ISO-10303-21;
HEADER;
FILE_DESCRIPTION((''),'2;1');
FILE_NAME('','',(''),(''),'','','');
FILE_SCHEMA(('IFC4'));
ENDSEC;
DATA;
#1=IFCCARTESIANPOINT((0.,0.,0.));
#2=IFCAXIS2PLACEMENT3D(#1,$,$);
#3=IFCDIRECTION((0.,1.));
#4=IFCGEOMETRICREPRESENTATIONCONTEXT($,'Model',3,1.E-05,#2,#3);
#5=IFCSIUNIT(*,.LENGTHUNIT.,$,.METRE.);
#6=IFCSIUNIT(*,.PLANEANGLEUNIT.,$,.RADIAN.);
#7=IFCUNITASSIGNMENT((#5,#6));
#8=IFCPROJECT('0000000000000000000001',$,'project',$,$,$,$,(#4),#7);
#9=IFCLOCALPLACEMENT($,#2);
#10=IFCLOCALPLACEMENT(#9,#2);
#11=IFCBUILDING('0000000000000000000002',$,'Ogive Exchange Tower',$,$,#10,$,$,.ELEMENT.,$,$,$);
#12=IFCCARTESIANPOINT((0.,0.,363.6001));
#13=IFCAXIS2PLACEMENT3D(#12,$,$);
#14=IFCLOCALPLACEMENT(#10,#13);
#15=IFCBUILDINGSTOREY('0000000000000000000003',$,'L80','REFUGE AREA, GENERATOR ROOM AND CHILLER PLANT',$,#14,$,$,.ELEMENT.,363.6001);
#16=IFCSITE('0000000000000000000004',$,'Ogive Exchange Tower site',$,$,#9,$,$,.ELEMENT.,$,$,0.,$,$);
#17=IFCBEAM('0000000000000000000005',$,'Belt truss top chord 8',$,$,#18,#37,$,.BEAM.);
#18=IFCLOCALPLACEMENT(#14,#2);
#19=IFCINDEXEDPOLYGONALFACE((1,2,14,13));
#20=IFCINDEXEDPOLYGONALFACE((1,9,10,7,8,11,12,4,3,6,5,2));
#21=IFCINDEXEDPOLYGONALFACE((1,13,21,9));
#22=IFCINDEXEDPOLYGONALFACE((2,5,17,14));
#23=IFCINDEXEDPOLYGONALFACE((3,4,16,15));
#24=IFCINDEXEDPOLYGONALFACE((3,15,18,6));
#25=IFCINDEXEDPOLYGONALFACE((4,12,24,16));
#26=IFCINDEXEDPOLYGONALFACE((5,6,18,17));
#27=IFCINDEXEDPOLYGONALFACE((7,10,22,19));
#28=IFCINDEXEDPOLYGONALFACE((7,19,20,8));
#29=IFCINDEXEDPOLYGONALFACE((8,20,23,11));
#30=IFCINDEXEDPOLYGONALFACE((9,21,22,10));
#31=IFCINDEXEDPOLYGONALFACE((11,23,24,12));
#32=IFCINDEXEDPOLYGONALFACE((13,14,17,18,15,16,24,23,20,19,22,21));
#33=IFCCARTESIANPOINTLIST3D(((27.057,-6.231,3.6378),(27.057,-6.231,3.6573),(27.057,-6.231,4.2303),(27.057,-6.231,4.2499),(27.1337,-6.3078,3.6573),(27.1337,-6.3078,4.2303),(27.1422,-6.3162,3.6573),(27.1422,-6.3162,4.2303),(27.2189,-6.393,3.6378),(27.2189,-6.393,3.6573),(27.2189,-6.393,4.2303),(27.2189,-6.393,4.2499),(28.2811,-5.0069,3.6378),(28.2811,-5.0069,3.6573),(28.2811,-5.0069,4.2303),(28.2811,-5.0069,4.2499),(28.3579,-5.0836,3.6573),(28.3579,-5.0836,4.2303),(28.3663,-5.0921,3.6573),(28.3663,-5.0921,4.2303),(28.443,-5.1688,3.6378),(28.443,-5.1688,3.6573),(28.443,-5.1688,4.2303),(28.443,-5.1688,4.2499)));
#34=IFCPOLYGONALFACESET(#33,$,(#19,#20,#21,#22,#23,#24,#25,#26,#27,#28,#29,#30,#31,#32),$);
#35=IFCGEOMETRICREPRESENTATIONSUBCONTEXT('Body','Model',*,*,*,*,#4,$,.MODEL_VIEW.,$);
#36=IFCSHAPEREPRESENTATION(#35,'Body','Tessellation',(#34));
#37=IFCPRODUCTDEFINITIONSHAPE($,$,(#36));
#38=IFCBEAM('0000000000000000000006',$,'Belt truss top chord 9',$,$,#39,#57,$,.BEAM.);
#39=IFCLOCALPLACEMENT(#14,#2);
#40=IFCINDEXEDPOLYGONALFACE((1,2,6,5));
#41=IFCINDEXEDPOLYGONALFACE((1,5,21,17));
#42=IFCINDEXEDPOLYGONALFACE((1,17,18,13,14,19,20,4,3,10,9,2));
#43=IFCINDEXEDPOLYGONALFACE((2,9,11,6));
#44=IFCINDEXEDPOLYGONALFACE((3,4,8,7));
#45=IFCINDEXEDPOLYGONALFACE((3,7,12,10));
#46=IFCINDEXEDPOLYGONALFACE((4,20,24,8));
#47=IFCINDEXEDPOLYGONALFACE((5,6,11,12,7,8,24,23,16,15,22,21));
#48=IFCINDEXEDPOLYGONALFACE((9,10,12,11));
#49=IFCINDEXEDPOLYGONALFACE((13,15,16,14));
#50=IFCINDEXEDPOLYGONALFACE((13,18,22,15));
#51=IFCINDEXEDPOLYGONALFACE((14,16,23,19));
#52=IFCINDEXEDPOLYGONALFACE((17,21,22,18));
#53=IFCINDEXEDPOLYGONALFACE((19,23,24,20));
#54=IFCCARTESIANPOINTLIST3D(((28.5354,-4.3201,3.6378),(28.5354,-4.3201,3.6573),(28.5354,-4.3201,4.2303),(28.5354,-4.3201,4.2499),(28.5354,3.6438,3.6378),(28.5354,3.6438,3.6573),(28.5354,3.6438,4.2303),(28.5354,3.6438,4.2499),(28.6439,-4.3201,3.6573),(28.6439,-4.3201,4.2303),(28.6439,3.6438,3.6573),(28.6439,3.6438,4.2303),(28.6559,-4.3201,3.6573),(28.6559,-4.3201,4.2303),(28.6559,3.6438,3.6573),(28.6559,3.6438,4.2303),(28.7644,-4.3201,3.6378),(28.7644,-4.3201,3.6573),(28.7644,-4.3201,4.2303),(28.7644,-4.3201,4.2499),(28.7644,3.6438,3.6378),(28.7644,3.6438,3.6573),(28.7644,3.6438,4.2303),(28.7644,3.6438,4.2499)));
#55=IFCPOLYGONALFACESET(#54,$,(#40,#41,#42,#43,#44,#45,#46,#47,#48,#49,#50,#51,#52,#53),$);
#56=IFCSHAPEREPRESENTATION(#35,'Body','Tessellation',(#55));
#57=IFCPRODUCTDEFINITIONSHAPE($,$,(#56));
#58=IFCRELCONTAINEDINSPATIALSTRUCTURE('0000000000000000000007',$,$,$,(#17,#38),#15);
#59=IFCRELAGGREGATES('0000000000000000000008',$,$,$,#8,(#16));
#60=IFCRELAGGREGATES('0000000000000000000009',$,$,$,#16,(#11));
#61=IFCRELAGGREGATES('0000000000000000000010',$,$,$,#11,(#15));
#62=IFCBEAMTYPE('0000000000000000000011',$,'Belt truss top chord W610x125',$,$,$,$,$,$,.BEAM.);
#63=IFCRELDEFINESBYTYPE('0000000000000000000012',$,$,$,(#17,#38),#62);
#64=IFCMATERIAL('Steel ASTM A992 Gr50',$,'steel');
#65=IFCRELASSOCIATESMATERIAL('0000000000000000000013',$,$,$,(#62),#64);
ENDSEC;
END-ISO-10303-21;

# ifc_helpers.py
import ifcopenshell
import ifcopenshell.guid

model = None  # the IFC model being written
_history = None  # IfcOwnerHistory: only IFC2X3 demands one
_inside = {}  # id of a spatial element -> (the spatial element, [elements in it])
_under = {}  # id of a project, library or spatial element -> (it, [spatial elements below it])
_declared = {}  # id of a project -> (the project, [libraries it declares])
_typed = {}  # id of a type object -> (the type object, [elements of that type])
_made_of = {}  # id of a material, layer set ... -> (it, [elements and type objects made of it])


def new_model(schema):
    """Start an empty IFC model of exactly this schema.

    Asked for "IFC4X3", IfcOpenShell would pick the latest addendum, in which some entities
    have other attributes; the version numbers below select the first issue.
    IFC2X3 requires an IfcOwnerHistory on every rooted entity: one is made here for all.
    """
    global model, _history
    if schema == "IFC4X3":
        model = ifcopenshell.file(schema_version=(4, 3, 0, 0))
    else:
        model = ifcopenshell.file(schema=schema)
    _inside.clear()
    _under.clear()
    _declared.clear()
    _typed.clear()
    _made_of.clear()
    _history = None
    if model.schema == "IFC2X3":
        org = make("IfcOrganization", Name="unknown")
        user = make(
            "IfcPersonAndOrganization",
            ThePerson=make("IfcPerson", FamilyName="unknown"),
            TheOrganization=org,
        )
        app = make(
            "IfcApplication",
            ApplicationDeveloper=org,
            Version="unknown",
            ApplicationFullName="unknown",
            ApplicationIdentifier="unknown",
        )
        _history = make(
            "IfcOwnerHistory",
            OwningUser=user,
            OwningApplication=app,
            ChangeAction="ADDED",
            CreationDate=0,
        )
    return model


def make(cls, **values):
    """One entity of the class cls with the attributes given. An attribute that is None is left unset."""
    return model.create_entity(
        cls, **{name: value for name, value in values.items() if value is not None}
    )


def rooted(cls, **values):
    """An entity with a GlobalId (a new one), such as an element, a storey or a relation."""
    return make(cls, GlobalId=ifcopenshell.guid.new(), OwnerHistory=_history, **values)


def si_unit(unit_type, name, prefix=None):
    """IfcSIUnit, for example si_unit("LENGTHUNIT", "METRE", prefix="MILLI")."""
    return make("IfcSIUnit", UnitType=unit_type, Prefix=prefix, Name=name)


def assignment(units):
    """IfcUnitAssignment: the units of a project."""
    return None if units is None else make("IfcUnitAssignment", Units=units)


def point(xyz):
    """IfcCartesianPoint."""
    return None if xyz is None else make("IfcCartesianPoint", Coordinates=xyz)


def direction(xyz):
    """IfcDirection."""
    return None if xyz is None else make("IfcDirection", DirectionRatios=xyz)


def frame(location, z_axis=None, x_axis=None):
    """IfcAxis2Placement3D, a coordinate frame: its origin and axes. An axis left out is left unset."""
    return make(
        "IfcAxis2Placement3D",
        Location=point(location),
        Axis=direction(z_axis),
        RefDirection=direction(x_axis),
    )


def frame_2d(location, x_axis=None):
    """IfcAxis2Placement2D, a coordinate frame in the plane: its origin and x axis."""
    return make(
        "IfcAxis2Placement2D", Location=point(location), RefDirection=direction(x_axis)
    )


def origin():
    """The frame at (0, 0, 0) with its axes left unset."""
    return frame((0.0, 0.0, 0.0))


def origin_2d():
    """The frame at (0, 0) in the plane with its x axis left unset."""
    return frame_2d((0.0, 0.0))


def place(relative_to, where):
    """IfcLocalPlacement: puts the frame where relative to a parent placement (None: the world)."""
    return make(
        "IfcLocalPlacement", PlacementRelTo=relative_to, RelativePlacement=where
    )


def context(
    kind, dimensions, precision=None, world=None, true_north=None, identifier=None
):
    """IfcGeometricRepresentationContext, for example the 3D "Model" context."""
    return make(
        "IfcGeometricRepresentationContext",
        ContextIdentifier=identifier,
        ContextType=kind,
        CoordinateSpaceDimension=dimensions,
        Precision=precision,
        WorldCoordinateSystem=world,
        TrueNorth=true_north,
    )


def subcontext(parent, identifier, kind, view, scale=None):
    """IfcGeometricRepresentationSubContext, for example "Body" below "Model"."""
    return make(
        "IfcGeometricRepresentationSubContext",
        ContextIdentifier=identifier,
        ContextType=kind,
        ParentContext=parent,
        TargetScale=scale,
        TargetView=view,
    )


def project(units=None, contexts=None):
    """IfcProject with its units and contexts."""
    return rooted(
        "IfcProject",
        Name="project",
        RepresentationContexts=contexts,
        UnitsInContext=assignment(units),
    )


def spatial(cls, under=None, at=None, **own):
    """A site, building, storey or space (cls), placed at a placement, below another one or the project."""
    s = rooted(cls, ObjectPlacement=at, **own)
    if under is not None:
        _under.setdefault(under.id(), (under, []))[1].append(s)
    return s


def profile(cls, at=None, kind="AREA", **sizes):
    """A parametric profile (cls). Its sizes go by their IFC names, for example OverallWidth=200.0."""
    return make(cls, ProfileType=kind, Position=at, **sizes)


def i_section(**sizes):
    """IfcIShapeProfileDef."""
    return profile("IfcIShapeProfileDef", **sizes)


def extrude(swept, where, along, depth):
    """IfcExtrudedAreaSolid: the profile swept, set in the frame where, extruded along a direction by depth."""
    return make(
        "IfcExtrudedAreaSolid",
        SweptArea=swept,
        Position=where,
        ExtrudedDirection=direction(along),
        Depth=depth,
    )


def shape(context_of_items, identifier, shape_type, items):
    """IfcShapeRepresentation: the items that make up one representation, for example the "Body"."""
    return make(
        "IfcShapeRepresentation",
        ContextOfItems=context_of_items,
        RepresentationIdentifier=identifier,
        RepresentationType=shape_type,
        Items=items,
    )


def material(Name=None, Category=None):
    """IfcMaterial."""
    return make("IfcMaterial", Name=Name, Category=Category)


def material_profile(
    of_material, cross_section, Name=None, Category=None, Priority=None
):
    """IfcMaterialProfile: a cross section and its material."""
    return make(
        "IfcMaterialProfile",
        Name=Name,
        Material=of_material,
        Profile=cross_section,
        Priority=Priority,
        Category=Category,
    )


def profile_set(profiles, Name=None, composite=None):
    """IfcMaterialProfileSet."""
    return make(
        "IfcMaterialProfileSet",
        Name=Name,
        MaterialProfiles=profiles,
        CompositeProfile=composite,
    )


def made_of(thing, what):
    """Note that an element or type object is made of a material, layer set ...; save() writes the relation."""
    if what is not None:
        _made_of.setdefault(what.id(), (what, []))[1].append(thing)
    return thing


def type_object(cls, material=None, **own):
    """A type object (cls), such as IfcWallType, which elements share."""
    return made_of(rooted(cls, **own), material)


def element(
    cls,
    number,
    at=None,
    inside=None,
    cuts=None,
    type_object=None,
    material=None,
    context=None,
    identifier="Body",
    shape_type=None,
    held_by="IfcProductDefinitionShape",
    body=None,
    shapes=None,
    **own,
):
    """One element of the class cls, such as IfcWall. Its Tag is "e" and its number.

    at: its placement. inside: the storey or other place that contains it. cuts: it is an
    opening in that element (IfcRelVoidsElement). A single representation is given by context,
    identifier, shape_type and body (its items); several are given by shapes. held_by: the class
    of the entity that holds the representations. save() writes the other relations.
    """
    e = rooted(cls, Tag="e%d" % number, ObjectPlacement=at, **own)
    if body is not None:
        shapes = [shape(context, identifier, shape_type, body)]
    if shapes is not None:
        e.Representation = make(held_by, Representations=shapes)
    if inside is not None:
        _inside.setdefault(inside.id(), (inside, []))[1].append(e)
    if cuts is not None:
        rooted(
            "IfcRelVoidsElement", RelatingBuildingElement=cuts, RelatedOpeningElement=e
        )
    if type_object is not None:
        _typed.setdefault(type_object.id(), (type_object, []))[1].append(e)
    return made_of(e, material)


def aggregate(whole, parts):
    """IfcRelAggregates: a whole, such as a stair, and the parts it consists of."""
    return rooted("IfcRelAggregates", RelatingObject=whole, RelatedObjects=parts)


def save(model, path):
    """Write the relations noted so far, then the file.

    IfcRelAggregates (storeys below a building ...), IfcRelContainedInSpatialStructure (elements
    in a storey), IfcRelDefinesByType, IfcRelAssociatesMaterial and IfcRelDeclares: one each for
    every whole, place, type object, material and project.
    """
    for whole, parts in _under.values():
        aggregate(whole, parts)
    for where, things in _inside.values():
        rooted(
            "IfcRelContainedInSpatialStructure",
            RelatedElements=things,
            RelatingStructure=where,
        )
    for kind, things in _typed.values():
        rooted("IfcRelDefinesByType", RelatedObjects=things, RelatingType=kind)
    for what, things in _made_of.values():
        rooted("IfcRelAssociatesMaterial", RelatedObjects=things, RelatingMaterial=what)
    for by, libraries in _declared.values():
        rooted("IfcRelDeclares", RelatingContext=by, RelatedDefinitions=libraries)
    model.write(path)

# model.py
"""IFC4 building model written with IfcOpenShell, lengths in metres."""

from ifc_helpers import new_model, si_unit, direction, frame, origin, origin_2d, place, context, subcontext, project, spatial, i_section, extrude, material, material_profile, profile_set, type_object, element, save


model = new_model("IFC4")

# Units and contexts
model_context = context("Model", 3, precision=1e-05, world=origin(), true_north=direction((0.0, 1.0)))
body_context = subcontext(model_context, "Body", "Model", "MODEL_VIEW")
ifc_project = project(units=[si_unit("LENGTHUNIT", "METRE"), si_unit("PLANEANGLEUNIT", "RADIAN")], contexts=[model_context])

# Site, building, storey
site_placement = place(None, origin())
site = spatial("IfcSite", under=ifc_project, at=site_placement, Name="Ogive Exchange Tower site", CompositionType="ELEMENT", RefElevation=0.0)
building_placement = place(site_placement, origin())
building = spatial("IfcBuilding", under=site, at=building_placement, Name="Ogive Exchange Tower", CompositionType="ELEMENT")
storey_placement = place(building_placement, frame((0.0, 0.0, 363.6001)))
storey = spatial("IfcBuildingStorey", under=building, at=storey_placement, Name="L80", Description="REFUGE AREA, GENERATOR ROOM AND CHILLER PLANT", CompositionType="ELEMENT", Elevation=363.6001)

# Shared definitions
ifc_material_1 = material(Name="Steel ASTM A992 Gr50", Category="steel")

# Beams
ifc_material_profile_1 = material_profile(ifc_material_1, i_section(OverallWidth=0.229, OverallDepth=0.6121, WebThickness=0.012, FlangeThickness=0.0195, at=origin_2d()), Name="W610x125")
ifc_profile_set_1 = profile_set([ifc_material_profile_1], Name="Steel ASTM A992 Gr50")
beam_type_1 = type_object("IfcBeamType", Name="Belt truss top chord W610x125", PredefinedType="BEAM", material=ifc_profile_set_1)
for number, where, z_axis, x_axis, name in (
    (1, (27.1379, -6.312, 3.9438), (0.707107, 0.707107, 0.0), (-0.707107, 0.707107, 0.0), "Belt truss top chord 8"),
):
    element("IfcBeam", number, at=place(storey_placement, frame(where, z_axis=z_axis, x_axis=x_axis)), inside=storey, type_object=beam_type_1, Name=name, PredefinedType="BEAM", context=body_context, shape_type="SweptSolid", body=[
        extrude(i_section(OverallWidth=0.229, OverallDepth=0.6121, WebThickness=0.012, FlangeThickness=0.0195, at=origin_2d()), origin(), (0.0, 0.0, 1.0), 1.7312),
    ])
beam_1_placement = place(storey_placement, frame((28.6499, -4.3201, 3.9438), z_axis=(0.0, 1.0, 0.0), x_axis=(-1.0, 0.0, 0.0)))
element("IfcBeam", 2, at=beam_1_placement, inside=storey, type_object=beam_type_1, Name="Belt truss top chord 9", PredefinedType="BEAM", context=body_context, shape_type="SweptSolid", body=[
    extrude(i_section(OverallWidth=0.229, OverallDepth=0.6121, WebThickness=0.012, FlangeThickness=0.0195, at=origin_2d()), origin(), (0.0, 0.0, 1.0), 7.9639),
])

save(model, "model.ifc")
